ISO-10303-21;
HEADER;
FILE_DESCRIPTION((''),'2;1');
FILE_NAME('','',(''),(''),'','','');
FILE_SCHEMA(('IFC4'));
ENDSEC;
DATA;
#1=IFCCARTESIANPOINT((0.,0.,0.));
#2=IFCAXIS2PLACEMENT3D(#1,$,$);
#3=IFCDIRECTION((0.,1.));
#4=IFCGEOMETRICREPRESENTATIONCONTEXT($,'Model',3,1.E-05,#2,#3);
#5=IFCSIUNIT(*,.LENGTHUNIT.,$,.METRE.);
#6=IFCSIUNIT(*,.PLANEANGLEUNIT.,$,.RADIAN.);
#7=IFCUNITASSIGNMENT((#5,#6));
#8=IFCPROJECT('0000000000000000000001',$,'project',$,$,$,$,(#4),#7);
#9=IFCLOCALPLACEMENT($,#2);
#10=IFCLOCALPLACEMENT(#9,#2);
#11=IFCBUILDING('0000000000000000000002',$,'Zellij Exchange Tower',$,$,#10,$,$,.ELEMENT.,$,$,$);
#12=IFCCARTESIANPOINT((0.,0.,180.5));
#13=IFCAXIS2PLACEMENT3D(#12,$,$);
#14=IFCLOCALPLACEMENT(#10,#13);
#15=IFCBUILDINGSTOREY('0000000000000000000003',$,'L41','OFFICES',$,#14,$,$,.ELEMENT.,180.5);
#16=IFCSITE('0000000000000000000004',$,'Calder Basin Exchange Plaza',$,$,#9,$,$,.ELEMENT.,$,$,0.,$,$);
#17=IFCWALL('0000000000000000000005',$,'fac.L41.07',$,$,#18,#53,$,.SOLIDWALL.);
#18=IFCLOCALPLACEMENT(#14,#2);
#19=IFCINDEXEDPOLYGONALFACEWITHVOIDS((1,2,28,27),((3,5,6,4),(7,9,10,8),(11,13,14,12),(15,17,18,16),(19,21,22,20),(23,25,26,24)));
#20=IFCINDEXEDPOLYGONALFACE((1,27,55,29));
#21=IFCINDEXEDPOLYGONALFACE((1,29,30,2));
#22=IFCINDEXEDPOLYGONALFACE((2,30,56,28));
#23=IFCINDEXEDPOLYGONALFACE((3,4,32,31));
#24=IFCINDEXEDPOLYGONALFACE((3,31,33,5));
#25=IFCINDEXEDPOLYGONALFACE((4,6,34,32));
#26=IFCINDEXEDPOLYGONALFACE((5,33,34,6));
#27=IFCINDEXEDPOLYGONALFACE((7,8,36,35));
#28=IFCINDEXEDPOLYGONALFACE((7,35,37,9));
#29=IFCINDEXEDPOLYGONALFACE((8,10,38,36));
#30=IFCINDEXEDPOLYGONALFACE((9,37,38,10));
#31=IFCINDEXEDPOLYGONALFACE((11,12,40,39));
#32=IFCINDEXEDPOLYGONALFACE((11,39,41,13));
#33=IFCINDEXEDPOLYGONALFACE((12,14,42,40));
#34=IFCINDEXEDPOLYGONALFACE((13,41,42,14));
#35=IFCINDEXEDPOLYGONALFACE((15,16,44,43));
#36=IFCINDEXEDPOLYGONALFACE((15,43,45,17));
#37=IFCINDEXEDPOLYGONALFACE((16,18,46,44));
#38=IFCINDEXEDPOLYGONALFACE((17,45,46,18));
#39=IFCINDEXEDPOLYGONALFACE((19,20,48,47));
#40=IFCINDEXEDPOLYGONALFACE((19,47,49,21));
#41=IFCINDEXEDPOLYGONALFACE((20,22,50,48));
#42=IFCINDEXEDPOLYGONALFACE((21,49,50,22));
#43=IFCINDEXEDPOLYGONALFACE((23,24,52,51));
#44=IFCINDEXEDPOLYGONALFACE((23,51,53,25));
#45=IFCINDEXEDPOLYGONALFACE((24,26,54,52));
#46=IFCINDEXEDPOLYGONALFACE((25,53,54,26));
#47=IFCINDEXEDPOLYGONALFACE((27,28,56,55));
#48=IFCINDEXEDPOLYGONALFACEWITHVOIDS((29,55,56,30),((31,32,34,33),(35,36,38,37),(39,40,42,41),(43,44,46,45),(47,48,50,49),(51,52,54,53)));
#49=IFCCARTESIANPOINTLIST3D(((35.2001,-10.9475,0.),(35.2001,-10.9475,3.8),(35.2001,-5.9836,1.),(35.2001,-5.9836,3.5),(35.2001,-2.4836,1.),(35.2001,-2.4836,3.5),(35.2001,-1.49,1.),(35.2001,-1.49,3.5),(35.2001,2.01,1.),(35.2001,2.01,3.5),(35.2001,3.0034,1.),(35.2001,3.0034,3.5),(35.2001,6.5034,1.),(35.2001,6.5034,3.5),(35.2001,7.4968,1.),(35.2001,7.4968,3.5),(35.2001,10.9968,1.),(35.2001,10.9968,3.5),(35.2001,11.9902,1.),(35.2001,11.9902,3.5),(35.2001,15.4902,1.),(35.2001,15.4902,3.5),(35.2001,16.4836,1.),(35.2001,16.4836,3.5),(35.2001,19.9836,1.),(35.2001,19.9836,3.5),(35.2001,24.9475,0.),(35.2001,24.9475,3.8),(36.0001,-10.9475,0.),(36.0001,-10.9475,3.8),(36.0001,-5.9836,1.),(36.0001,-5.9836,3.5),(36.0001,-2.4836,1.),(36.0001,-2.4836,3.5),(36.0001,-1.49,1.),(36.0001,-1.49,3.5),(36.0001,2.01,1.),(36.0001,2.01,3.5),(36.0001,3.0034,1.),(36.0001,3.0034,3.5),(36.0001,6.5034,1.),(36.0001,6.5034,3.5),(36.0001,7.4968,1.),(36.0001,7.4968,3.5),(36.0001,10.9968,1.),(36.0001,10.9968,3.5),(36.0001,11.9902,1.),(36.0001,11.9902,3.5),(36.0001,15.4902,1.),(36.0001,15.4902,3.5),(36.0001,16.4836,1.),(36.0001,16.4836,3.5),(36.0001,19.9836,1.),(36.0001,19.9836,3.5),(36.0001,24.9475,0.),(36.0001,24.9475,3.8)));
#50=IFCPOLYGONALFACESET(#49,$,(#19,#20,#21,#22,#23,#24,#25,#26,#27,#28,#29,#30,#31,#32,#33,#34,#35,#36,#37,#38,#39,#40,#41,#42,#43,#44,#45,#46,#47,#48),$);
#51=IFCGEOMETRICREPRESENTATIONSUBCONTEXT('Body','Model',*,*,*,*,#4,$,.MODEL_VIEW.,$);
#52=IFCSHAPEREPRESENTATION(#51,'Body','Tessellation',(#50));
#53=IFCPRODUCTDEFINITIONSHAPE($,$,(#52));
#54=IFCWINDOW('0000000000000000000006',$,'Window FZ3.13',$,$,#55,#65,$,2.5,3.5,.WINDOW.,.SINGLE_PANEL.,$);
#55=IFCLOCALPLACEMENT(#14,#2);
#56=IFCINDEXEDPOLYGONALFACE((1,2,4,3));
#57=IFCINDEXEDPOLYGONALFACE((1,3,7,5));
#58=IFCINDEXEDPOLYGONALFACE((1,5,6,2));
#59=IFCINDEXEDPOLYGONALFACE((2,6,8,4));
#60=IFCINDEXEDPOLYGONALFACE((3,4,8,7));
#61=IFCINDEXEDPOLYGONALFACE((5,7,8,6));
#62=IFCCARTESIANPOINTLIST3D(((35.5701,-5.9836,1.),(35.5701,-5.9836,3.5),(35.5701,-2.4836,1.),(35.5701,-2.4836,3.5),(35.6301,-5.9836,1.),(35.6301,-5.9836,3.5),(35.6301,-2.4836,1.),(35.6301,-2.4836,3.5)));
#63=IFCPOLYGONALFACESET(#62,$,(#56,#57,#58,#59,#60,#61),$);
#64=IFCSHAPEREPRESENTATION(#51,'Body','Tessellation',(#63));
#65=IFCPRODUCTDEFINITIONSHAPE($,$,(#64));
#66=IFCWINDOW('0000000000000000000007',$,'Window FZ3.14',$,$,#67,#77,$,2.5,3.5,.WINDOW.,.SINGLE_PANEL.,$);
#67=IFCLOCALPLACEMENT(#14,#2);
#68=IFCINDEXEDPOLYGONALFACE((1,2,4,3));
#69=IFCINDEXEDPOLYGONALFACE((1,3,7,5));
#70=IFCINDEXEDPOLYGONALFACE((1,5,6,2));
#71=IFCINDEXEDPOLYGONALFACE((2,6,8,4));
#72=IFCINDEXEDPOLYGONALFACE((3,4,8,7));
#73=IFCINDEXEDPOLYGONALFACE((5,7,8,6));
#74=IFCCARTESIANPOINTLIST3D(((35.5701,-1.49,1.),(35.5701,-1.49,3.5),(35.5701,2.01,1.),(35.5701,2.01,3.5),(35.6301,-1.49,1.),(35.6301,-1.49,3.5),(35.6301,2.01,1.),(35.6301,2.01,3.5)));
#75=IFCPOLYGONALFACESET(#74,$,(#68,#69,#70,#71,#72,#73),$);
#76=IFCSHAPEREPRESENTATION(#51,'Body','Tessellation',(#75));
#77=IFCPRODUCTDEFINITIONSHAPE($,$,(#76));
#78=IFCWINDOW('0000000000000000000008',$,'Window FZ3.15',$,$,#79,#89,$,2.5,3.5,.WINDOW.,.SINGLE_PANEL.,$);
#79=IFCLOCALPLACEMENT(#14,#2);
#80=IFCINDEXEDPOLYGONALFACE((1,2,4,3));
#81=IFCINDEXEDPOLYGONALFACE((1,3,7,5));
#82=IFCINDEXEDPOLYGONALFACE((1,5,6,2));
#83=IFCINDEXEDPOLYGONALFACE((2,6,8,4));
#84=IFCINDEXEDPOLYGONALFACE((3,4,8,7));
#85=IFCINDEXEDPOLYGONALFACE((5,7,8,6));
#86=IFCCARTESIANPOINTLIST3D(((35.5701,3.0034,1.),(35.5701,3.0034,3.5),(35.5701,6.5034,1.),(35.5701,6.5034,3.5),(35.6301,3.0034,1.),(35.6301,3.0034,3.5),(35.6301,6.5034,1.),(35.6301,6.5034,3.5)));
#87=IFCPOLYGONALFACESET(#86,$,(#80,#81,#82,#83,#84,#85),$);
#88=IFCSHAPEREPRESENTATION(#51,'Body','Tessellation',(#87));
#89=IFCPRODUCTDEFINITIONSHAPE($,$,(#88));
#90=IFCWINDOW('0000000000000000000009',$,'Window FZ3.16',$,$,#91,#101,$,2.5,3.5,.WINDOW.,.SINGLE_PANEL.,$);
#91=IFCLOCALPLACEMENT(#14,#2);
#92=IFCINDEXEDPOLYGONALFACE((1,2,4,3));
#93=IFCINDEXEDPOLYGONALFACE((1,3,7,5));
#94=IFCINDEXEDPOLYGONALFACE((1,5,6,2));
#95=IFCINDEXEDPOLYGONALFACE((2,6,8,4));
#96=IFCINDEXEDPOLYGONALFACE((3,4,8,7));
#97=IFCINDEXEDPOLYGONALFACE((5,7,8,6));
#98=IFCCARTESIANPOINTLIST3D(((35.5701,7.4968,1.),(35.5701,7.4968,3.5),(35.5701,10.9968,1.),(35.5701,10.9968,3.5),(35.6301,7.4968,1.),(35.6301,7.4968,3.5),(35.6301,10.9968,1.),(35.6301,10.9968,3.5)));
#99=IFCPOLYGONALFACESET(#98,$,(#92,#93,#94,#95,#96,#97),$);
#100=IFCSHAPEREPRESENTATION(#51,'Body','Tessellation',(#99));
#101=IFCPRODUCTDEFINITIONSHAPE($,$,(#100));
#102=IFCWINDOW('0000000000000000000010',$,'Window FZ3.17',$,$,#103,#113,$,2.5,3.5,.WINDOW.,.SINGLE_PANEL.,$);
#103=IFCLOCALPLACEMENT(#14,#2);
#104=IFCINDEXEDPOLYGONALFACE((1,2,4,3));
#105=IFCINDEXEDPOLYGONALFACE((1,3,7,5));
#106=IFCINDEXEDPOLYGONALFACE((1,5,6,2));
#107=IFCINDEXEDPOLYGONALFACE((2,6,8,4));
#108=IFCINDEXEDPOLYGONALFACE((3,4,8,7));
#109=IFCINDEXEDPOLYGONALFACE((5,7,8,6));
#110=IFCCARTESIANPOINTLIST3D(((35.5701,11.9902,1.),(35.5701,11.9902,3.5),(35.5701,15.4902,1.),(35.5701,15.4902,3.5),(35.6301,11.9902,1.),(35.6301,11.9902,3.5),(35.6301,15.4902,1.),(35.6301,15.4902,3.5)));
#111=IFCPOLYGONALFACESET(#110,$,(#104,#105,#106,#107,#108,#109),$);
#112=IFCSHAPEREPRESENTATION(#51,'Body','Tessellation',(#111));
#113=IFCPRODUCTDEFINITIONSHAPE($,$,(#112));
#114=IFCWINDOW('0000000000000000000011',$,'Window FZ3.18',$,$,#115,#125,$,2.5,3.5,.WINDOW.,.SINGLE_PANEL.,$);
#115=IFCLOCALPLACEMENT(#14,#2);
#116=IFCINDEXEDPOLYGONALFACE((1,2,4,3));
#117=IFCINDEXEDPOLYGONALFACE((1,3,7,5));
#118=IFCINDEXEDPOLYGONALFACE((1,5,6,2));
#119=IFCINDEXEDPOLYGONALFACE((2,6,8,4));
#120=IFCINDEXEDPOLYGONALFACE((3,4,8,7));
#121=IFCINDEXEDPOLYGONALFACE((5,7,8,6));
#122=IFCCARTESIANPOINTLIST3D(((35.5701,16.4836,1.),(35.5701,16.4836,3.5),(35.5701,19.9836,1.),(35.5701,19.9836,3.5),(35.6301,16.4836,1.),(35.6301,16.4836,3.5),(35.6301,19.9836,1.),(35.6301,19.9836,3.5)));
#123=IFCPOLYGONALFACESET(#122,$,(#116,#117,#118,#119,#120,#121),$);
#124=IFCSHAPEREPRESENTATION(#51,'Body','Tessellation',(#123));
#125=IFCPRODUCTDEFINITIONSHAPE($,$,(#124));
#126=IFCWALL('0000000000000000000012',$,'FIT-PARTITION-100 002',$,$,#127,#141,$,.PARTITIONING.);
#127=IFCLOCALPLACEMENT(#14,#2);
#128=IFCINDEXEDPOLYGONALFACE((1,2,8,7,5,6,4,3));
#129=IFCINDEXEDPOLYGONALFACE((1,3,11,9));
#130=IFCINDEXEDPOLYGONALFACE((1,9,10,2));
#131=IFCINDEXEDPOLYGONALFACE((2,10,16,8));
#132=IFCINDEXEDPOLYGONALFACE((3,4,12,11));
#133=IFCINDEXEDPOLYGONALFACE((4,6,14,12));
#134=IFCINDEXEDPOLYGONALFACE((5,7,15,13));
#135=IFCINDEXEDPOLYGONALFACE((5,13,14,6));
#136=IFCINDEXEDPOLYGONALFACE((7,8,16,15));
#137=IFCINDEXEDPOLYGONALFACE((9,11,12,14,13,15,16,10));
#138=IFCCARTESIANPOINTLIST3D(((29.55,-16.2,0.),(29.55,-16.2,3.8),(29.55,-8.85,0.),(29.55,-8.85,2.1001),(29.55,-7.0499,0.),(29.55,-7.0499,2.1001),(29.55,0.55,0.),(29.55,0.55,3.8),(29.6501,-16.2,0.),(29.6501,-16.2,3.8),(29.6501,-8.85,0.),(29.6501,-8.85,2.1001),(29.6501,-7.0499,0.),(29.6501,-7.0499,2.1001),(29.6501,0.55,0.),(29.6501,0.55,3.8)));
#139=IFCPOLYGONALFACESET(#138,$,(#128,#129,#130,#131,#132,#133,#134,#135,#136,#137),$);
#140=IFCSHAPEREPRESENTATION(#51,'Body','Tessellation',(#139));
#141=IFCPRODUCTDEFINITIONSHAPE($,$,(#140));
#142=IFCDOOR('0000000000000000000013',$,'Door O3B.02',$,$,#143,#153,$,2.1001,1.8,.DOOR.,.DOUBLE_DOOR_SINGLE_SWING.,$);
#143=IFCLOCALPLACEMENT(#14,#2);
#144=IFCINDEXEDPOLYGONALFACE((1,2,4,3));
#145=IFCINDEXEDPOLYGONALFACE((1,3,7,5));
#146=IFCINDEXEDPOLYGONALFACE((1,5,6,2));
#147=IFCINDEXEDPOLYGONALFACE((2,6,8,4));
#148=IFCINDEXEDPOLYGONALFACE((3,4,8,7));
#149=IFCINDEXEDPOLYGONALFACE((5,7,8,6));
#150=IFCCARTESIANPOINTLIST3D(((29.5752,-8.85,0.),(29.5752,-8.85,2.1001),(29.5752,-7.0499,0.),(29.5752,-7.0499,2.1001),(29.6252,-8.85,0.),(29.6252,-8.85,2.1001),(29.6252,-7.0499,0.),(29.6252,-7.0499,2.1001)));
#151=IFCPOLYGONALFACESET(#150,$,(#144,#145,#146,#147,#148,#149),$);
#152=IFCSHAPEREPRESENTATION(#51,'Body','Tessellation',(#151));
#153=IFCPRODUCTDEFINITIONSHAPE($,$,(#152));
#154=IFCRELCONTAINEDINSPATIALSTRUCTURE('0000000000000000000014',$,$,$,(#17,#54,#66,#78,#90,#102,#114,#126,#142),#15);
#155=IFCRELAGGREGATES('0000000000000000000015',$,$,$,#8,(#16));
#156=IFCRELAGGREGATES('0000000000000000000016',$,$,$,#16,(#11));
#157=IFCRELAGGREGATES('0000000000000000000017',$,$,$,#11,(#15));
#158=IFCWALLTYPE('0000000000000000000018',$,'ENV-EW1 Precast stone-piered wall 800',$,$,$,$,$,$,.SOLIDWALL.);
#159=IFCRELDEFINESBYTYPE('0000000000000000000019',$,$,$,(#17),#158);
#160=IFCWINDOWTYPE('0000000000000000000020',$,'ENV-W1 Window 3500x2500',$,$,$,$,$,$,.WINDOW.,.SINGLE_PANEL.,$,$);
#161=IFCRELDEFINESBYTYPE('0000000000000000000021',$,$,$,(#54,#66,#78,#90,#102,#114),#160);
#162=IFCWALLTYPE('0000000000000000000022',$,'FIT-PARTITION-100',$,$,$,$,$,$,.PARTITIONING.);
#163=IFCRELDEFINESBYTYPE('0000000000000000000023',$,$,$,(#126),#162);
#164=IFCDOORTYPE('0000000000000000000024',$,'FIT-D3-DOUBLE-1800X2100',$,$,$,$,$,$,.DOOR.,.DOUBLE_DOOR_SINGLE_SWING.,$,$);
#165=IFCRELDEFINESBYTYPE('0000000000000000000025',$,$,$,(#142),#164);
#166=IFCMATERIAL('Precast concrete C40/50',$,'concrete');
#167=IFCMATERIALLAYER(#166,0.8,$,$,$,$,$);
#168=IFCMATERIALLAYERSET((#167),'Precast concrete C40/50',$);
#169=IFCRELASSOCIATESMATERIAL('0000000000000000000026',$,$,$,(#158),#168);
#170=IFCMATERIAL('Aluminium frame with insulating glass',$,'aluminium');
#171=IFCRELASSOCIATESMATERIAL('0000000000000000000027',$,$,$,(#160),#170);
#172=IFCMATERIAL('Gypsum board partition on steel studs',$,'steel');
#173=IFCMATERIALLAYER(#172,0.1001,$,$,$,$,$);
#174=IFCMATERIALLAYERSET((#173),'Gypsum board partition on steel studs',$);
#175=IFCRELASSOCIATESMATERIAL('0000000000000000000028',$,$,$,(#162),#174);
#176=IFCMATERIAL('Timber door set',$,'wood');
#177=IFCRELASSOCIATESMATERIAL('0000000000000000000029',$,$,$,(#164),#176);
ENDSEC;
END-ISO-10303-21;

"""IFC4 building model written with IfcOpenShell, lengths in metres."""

from ifc_helpers import new_model, si_unit, direction, frame, frame_2d, origin, place, context, subcontext, project, spatial, rectangle, extrude, material, layer, layer_set, type_object, element, fill, save


model = new_model("IFC4")

# Units and contexts
model_context = context("Model", 3, precision=1e-05, world=origin(), true_north=direction((0.0, 1.0)))
body_context = subcontext(model_context, "Body", "Model", "MODEL_VIEW")
ifc_project = project(units=[si_unit("LENGTHUNIT", "METRE"), si_unit("PLANEANGLEUNIT", "RADIAN")], contexts=[model_context])

# Site, building, storey
site_placement = place(None, origin())
site = spatial("IfcSite", under=ifc_project, at=site_placement, Name="Calder Basin Exchange Plaza", CompositionType="ELEMENT", RefElevation=0.0)
building_placement = place(site_placement, origin())
building = spatial("IfcBuilding", under=site, at=building_placement, Name="Zellij Exchange Tower", CompositionType="ELEMENT")
storey_placement = place(building_placement, frame((0.0, 0.0, 180.5)))
storey = spatial("IfcBuildingStorey", under=building, at=storey_placement, Name="L41", Description="OFFICES", CompositionType="ELEMENT", Elevation=180.5)

# Shared definitions
ifc_material_1 = material(Name="Precast concrete C40/50", Category="concrete")
ifc_layer_1 = layer(ifc_material_1, 0.8)
ifc_layer_set_1 = layer_set([ifc_layer_1], Name="Precast concrete C40/50")
wall_type_1 = type_object("IfcWallType", Name="ENV-EW1 Precast stone-piered wall 800", PredefinedType="SOLIDWALL", material=ifc_layer_set_1)

# Wall, openings, windows
wall_1_placement = place(storey_placement, frame((35.6001, -10.9475, 0.0), z_axis=(0.0, 0.0, 1.0), x_axis=(0.0, 1.0, 0.0)))
wall_1 = element("IfcWall", 1, at=wall_1_placement, inside=storey, type_object=wall_type_1, Name="fac.L41.07", PredefinedType="SOLIDWALL", context=body_context, shape_type="SweptSolid", body=[
    extrude(rectangle(XDim=35.895, YDim=0.8, at=frame_2d((17.9475, 0.0))), origin(), (0.0, 0.0, 1.0), 3.8),
])
opening_1_placement = place(wall_1_placement, frame((4.9639, 0.0, 1.0)))
opening_1 = element("IfcOpeningElement", 2, at=opening_1_placement, cuts=wall_1, PredefinedType="OPENING", context=body_context, shape_type="SweptSolid", body=[
    extrude(rectangle(XDim=3.5, YDim=2.5, at=frame_2d((1.75, 1.25))), frame((0.0, 0.4121, 0.0), z_axis=(0.0, -1.0, 0.0), x_axis=(1.0, 0.0, 0.0)), (0.0, 0.0, 1.0), 0.824),
])
opening_2_placement = place(wall_1_placement, frame((9.4575, 0.0, 1.0)))
opening_2 = element("IfcOpeningElement", 3, at=opening_2_placement, cuts=wall_1, PredefinedType="OPENING", context=body_context, shape_type="SweptSolid", body=[
    extrude(rectangle(XDim=3.5, YDim=2.5, at=frame_2d((1.75, 1.25))), frame((0.0, 0.4121, 0.0), z_axis=(0.0, -1.0, 0.0), x_axis=(1.0, 0.0, 0.0)), (0.0, 0.0, 1.0), 0.824),
])
opening_3_placement = place(wall_1_placement, frame((13.9509, 0.0, 1.0)))
opening_3 = element("IfcOpeningElement", 4, at=opening_3_placement, cuts=wall_1, PredefinedType="OPENING", context=body_context, shape_type="SweptSolid", body=[
    extrude(rectangle(XDim=3.5, YDim=2.5, at=frame_2d((1.75, 1.25))), frame((0.0, 0.4121, 0.0), z_axis=(0.0, -1.0, 0.0), x_axis=(1.0, 0.0, 0.0)), (0.0, 0.0, 1.0), 0.824),
])
opening_4_placement = place(wall_1_placement, frame((18.4443, 0.0, 1.0)))
opening_4 = element("IfcOpeningElement", 5, at=opening_4_placement, cuts=wall_1, PredefinedType="OPENING", context=body_context, shape_type="SweptSolid", body=[
    extrude(rectangle(XDim=3.5, YDim=2.5, at=frame_2d((1.75, 1.25))), frame((0.0, 0.4121, 0.0), z_axis=(0.0, -1.0, 0.0), x_axis=(1.0, 0.0, 0.0)), (0.0, 0.0, 1.0), 0.824),
])
opening_5_placement = place(wall_1_placement, frame((22.9377, 0.0, 1.0)))
opening_5 = element("IfcOpeningElement", 6, at=opening_5_placement, cuts=wall_1, PredefinedType="OPENING", context=body_context, shape_type="SweptSolid", body=[
    extrude(rectangle(XDim=3.5, YDim=2.5, at=frame_2d((1.75, 1.25))), frame((0.0, 0.4121, 0.0), z_axis=(0.0, -1.0, 0.0), x_axis=(1.0, 0.0, 0.0)), (0.0, 0.0, 1.0), 0.824),
])
opening_6_placement = place(wall_1_placement, frame((27.4312, 0.0, 1.0)))
opening_6 = element("IfcOpeningElement", 7, at=opening_6_placement, cuts=wall_1, PredefinedType="OPENING", context=body_context, shape_type="SweptSolid", body=[
    extrude(rectangle(XDim=3.5, YDim=2.5, at=frame_2d((1.75, 1.25))), frame((0.0, 0.4121, 0.0), z_axis=(0.0, -1.0, 0.0), x_axis=(1.0, 0.0, 0.0)), (0.0, 0.0, 1.0), 0.824),
])
ifc_material_2 = material(Name="Aluminium frame with insulating glass", Category="aluminium")
window_type = type_object("IfcWindowType", Name="ENV-W1 Window 3500x2500", PartitioningType="SINGLE_PANEL", PredefinedType="WINDOW", material=ifc_material_2)
window_1_placement = place(opening_1_placement, origin())
window_1 = element("IfcWindow", 8, at=window_1_placement, inside=storey, type_object=window_type, Name="Window FZ3.13", OverallHeight=2.5, OverallWidth=3.5, PartitioningType="SINGLE_PANEL", PredefinedType="WINDOW", context=body_context, shape_type="SweptSolid", body=[
    extrude(rectangle(XDim=3.5, YDim=2.5, at=frame_2d((1.75, 1.25))), frame((0.0, 0.03, 0.0), z_axis=(0.0, -1.0, 0.0), x_axis=(1.0, 0.0, 0.0)), (0.0, 0.0, 1.0), 0.0601),
])
fill(opening_1, window_1)
window_2_placement = place(opening_2_placement, origin())
window_2 = element("IfcWindow", 9, at=window_2_placement, inside=storey, type_object=window_type, Name="Window FZ3.14", OverallHeight=2.5, OverallWidth=3.5, PartitioningType="SINGLE_PANEL", PredefinedType="WINDOW", context=body_context, shape_type="SweptSolid", body=[
    extrude(rectangle(XDim=3.5, YDim=2.5, at=frame_2d((1.75, 1.25))), frame((0.0, 0.03, 0.0), z_axis=(0.0, -1.0, 0.0), x_axis=(1.0, 0.0, 0.0)), (0.0, 0.0, 1.0), 0.0601),
])
fill(opening_2, window_2)
window_3_placement = place(opening_3_placement, origin())
window_3 = element("IfcWindow", 10, at=window_3_placement, inside=storey, type_object=window_type, Name="Window FZ3.15", OverallHeight=2.5, OverallWidth=3.5, PartitioningType="SINGLE_PANEL", PredefinedType="WINDOW", context=body_context, shape_type="SweptSolid", body=[
    extrude(rectangle(XDim=3.5, YDim=2.5, at=frame_2d((1.75, 1.25))), frame((0.0, 0.03, 0.0), z_axis=(0.0, -1.0, 0.0), x_axis=(1.0, 0.0, 0.0)), (0.0, 0.0, 1.0), 0.0601),
])
fill(opening_3, window_3)
window_4_placement = place(opening_4_placement, origin())
window_4 = element("IfcWindow", 11, at=window_4_placement, inside=storey, type_object=window_type, Name="Window FZ3.16", OverallHeight=2.5, OverallWidth=3.5, PartitioningType="SINGLE_PANEL", PredefinedType="WINDOW", context=body_context, shape_type="SweptSolid", body=[
    extrude(rectangle(XDim=3.5, YDim=2.5, at=frame_2d((1.75, 1.25))), frame((0.0, 0.03, 0.0), z_axis=(0.0, -1.0, 0.0), x_axis=(1.0, 0.0, 0.0)), (0.0, 0.0, 1.0), 0.0601),
])
fill(opening_4, window_4)
window_5_placement = place(opening_5_placement, origin())
window_5 = element("IfcWindow", 12, at=window_5_placement, inside=storey, type_object=window_type, Name="Window FZ3.17", OverallHeight=2.5, OverallWidth=3.5, PartitioningType="SINGLE_PANEL", PredefinedType="WINDOW", context=body_context, shape_type="SweptSolid", body=[
    extrude(rectangle(XDim=3.5, YDim=2.5, at=frame_2d((1.75, 1.25))), frame((0.0, 0.03, 0.0), z_axis=(0.0, -1.0, 0.0), x_axis=(1.0, 0.0, 0.0)), (0.0, 0.0, 1.0), 0.0601),
])
fill(opening_5, window_5)
window_6_placement = place(opening_6_placement, origin())
window_6 = element("IfcWindow", 13, at=window_6_placement, inside=storey, type_object=window_type, Name="Window FZ3.18", OverallHeight=2.5, OverallWidth=3.5, PartitioningType="SINGLE_PANEL", PredefinedType="WINDOW", context=body_context, shape_type="SweptSolid", body=[
    extrude(rectangle(XDim=3.5, YDim=2.5, at=frame_2d((1.75, 1.25))), frame((0.0, 0.03, 0.0), z_axis=(0.0, -1.0, 0.0), x_axis=(1.0, 0.0, 0.0)), (0.0, 0.0, 1.0), 0.0601),
])
fill(opening_6, window_6)

# Wall, opening, door
ifc_material_3 = material(Name="Gypsum board partition on steel studs", Category="steel")
ifc_layer_2 = layer(ifc_material_3, 0.1001)
ifc_layer_set_2 = layer_set([ifc_layer_2], Name="Gypsum board partition on steel studs")
wall_type_2 = type_object("IfcWallType", Name="FIT-PARTITION-100", PredefinedType="PARTITIONING", material=ifc_layer_set_2)
wall_2_placement = place(storey_placement, frame((29.6001, -16.2, 0.0), z_axis=(0.0, 0.0, 1.0), x_axis=(0.0, 1.0, 0.0)))
wall_2 = element("IfcWall", 14, at=wall_2_placement, inside=storey, type_object=wall_type_2, Name="FIT-PARTITION-100 002", PredefinedType="PARTITIONING", context=body_context, shape_type="SweptSolid", body=[
    extrude(rectangle(XDim=16.75, YDim=0.1001, at=frame_2d((8.375, 0.0))), origin(), (0.0, 0.0, 1.0), 3.8),
])
opening_7_placement = place(wall_2_placement, frame((7.3501, 0.0, 0.0)))
opening_7 = element("IfcOpeningElement", 15, at=opening_7_placement, cuts=wall_2, PredefinedType="OPENING", context=body_context, shape_type="SweptSolid", body=[
    extrude(rectangle(XDim=1.8, YDim=2.1001, at=frame_2d((0.8999, 1.05))), frame((0.0, 0.062, 0.0), z_axis=(0.0, -1.0, 0.0), x_axis=(1.0, 0.0, 0.0)), (0.0, 0.0, 1.0), 0.124),
])
ifc_material_4 = material(Name="Timber door set", Category="wood")
door_type_1 = type_object("IfcDoorType", Name="FIT-D3-DOUBLE-1800X2100", OperationType="DOUBLE_DOOR_SINGLE_SWING", PredefinedType="DOOR", material=ifc_material_4)
door_1_placement = place(opening_7_placement, origin())
door_1 = element("IfcDoor", 16, at=door_1_placement, inside=storey, type_object=door_type_1, Name="Door O3B.02", OperationType="DOUBLE_DOOR_SINGLE_SWING", OverallHeight=2.1001, OverallWidth=1.8, PredefinedType="DOOR", context=body_context, shape_type="SweptSolid", body=[
    extrude(rectangle(XDim=1.8, YDim=2.1001, at=frame_2d((0.8999, 1.05))), frame((0.0, 0.0249, 0.0), z_axis=(0.0, -1.0, 0.0), x_axis=(1.0, 0.0, 0.0)), (0.0, 0.0, 1.0), 0.05),
])
fill(opening_7, door_1)

save(model, "model.ifc")
